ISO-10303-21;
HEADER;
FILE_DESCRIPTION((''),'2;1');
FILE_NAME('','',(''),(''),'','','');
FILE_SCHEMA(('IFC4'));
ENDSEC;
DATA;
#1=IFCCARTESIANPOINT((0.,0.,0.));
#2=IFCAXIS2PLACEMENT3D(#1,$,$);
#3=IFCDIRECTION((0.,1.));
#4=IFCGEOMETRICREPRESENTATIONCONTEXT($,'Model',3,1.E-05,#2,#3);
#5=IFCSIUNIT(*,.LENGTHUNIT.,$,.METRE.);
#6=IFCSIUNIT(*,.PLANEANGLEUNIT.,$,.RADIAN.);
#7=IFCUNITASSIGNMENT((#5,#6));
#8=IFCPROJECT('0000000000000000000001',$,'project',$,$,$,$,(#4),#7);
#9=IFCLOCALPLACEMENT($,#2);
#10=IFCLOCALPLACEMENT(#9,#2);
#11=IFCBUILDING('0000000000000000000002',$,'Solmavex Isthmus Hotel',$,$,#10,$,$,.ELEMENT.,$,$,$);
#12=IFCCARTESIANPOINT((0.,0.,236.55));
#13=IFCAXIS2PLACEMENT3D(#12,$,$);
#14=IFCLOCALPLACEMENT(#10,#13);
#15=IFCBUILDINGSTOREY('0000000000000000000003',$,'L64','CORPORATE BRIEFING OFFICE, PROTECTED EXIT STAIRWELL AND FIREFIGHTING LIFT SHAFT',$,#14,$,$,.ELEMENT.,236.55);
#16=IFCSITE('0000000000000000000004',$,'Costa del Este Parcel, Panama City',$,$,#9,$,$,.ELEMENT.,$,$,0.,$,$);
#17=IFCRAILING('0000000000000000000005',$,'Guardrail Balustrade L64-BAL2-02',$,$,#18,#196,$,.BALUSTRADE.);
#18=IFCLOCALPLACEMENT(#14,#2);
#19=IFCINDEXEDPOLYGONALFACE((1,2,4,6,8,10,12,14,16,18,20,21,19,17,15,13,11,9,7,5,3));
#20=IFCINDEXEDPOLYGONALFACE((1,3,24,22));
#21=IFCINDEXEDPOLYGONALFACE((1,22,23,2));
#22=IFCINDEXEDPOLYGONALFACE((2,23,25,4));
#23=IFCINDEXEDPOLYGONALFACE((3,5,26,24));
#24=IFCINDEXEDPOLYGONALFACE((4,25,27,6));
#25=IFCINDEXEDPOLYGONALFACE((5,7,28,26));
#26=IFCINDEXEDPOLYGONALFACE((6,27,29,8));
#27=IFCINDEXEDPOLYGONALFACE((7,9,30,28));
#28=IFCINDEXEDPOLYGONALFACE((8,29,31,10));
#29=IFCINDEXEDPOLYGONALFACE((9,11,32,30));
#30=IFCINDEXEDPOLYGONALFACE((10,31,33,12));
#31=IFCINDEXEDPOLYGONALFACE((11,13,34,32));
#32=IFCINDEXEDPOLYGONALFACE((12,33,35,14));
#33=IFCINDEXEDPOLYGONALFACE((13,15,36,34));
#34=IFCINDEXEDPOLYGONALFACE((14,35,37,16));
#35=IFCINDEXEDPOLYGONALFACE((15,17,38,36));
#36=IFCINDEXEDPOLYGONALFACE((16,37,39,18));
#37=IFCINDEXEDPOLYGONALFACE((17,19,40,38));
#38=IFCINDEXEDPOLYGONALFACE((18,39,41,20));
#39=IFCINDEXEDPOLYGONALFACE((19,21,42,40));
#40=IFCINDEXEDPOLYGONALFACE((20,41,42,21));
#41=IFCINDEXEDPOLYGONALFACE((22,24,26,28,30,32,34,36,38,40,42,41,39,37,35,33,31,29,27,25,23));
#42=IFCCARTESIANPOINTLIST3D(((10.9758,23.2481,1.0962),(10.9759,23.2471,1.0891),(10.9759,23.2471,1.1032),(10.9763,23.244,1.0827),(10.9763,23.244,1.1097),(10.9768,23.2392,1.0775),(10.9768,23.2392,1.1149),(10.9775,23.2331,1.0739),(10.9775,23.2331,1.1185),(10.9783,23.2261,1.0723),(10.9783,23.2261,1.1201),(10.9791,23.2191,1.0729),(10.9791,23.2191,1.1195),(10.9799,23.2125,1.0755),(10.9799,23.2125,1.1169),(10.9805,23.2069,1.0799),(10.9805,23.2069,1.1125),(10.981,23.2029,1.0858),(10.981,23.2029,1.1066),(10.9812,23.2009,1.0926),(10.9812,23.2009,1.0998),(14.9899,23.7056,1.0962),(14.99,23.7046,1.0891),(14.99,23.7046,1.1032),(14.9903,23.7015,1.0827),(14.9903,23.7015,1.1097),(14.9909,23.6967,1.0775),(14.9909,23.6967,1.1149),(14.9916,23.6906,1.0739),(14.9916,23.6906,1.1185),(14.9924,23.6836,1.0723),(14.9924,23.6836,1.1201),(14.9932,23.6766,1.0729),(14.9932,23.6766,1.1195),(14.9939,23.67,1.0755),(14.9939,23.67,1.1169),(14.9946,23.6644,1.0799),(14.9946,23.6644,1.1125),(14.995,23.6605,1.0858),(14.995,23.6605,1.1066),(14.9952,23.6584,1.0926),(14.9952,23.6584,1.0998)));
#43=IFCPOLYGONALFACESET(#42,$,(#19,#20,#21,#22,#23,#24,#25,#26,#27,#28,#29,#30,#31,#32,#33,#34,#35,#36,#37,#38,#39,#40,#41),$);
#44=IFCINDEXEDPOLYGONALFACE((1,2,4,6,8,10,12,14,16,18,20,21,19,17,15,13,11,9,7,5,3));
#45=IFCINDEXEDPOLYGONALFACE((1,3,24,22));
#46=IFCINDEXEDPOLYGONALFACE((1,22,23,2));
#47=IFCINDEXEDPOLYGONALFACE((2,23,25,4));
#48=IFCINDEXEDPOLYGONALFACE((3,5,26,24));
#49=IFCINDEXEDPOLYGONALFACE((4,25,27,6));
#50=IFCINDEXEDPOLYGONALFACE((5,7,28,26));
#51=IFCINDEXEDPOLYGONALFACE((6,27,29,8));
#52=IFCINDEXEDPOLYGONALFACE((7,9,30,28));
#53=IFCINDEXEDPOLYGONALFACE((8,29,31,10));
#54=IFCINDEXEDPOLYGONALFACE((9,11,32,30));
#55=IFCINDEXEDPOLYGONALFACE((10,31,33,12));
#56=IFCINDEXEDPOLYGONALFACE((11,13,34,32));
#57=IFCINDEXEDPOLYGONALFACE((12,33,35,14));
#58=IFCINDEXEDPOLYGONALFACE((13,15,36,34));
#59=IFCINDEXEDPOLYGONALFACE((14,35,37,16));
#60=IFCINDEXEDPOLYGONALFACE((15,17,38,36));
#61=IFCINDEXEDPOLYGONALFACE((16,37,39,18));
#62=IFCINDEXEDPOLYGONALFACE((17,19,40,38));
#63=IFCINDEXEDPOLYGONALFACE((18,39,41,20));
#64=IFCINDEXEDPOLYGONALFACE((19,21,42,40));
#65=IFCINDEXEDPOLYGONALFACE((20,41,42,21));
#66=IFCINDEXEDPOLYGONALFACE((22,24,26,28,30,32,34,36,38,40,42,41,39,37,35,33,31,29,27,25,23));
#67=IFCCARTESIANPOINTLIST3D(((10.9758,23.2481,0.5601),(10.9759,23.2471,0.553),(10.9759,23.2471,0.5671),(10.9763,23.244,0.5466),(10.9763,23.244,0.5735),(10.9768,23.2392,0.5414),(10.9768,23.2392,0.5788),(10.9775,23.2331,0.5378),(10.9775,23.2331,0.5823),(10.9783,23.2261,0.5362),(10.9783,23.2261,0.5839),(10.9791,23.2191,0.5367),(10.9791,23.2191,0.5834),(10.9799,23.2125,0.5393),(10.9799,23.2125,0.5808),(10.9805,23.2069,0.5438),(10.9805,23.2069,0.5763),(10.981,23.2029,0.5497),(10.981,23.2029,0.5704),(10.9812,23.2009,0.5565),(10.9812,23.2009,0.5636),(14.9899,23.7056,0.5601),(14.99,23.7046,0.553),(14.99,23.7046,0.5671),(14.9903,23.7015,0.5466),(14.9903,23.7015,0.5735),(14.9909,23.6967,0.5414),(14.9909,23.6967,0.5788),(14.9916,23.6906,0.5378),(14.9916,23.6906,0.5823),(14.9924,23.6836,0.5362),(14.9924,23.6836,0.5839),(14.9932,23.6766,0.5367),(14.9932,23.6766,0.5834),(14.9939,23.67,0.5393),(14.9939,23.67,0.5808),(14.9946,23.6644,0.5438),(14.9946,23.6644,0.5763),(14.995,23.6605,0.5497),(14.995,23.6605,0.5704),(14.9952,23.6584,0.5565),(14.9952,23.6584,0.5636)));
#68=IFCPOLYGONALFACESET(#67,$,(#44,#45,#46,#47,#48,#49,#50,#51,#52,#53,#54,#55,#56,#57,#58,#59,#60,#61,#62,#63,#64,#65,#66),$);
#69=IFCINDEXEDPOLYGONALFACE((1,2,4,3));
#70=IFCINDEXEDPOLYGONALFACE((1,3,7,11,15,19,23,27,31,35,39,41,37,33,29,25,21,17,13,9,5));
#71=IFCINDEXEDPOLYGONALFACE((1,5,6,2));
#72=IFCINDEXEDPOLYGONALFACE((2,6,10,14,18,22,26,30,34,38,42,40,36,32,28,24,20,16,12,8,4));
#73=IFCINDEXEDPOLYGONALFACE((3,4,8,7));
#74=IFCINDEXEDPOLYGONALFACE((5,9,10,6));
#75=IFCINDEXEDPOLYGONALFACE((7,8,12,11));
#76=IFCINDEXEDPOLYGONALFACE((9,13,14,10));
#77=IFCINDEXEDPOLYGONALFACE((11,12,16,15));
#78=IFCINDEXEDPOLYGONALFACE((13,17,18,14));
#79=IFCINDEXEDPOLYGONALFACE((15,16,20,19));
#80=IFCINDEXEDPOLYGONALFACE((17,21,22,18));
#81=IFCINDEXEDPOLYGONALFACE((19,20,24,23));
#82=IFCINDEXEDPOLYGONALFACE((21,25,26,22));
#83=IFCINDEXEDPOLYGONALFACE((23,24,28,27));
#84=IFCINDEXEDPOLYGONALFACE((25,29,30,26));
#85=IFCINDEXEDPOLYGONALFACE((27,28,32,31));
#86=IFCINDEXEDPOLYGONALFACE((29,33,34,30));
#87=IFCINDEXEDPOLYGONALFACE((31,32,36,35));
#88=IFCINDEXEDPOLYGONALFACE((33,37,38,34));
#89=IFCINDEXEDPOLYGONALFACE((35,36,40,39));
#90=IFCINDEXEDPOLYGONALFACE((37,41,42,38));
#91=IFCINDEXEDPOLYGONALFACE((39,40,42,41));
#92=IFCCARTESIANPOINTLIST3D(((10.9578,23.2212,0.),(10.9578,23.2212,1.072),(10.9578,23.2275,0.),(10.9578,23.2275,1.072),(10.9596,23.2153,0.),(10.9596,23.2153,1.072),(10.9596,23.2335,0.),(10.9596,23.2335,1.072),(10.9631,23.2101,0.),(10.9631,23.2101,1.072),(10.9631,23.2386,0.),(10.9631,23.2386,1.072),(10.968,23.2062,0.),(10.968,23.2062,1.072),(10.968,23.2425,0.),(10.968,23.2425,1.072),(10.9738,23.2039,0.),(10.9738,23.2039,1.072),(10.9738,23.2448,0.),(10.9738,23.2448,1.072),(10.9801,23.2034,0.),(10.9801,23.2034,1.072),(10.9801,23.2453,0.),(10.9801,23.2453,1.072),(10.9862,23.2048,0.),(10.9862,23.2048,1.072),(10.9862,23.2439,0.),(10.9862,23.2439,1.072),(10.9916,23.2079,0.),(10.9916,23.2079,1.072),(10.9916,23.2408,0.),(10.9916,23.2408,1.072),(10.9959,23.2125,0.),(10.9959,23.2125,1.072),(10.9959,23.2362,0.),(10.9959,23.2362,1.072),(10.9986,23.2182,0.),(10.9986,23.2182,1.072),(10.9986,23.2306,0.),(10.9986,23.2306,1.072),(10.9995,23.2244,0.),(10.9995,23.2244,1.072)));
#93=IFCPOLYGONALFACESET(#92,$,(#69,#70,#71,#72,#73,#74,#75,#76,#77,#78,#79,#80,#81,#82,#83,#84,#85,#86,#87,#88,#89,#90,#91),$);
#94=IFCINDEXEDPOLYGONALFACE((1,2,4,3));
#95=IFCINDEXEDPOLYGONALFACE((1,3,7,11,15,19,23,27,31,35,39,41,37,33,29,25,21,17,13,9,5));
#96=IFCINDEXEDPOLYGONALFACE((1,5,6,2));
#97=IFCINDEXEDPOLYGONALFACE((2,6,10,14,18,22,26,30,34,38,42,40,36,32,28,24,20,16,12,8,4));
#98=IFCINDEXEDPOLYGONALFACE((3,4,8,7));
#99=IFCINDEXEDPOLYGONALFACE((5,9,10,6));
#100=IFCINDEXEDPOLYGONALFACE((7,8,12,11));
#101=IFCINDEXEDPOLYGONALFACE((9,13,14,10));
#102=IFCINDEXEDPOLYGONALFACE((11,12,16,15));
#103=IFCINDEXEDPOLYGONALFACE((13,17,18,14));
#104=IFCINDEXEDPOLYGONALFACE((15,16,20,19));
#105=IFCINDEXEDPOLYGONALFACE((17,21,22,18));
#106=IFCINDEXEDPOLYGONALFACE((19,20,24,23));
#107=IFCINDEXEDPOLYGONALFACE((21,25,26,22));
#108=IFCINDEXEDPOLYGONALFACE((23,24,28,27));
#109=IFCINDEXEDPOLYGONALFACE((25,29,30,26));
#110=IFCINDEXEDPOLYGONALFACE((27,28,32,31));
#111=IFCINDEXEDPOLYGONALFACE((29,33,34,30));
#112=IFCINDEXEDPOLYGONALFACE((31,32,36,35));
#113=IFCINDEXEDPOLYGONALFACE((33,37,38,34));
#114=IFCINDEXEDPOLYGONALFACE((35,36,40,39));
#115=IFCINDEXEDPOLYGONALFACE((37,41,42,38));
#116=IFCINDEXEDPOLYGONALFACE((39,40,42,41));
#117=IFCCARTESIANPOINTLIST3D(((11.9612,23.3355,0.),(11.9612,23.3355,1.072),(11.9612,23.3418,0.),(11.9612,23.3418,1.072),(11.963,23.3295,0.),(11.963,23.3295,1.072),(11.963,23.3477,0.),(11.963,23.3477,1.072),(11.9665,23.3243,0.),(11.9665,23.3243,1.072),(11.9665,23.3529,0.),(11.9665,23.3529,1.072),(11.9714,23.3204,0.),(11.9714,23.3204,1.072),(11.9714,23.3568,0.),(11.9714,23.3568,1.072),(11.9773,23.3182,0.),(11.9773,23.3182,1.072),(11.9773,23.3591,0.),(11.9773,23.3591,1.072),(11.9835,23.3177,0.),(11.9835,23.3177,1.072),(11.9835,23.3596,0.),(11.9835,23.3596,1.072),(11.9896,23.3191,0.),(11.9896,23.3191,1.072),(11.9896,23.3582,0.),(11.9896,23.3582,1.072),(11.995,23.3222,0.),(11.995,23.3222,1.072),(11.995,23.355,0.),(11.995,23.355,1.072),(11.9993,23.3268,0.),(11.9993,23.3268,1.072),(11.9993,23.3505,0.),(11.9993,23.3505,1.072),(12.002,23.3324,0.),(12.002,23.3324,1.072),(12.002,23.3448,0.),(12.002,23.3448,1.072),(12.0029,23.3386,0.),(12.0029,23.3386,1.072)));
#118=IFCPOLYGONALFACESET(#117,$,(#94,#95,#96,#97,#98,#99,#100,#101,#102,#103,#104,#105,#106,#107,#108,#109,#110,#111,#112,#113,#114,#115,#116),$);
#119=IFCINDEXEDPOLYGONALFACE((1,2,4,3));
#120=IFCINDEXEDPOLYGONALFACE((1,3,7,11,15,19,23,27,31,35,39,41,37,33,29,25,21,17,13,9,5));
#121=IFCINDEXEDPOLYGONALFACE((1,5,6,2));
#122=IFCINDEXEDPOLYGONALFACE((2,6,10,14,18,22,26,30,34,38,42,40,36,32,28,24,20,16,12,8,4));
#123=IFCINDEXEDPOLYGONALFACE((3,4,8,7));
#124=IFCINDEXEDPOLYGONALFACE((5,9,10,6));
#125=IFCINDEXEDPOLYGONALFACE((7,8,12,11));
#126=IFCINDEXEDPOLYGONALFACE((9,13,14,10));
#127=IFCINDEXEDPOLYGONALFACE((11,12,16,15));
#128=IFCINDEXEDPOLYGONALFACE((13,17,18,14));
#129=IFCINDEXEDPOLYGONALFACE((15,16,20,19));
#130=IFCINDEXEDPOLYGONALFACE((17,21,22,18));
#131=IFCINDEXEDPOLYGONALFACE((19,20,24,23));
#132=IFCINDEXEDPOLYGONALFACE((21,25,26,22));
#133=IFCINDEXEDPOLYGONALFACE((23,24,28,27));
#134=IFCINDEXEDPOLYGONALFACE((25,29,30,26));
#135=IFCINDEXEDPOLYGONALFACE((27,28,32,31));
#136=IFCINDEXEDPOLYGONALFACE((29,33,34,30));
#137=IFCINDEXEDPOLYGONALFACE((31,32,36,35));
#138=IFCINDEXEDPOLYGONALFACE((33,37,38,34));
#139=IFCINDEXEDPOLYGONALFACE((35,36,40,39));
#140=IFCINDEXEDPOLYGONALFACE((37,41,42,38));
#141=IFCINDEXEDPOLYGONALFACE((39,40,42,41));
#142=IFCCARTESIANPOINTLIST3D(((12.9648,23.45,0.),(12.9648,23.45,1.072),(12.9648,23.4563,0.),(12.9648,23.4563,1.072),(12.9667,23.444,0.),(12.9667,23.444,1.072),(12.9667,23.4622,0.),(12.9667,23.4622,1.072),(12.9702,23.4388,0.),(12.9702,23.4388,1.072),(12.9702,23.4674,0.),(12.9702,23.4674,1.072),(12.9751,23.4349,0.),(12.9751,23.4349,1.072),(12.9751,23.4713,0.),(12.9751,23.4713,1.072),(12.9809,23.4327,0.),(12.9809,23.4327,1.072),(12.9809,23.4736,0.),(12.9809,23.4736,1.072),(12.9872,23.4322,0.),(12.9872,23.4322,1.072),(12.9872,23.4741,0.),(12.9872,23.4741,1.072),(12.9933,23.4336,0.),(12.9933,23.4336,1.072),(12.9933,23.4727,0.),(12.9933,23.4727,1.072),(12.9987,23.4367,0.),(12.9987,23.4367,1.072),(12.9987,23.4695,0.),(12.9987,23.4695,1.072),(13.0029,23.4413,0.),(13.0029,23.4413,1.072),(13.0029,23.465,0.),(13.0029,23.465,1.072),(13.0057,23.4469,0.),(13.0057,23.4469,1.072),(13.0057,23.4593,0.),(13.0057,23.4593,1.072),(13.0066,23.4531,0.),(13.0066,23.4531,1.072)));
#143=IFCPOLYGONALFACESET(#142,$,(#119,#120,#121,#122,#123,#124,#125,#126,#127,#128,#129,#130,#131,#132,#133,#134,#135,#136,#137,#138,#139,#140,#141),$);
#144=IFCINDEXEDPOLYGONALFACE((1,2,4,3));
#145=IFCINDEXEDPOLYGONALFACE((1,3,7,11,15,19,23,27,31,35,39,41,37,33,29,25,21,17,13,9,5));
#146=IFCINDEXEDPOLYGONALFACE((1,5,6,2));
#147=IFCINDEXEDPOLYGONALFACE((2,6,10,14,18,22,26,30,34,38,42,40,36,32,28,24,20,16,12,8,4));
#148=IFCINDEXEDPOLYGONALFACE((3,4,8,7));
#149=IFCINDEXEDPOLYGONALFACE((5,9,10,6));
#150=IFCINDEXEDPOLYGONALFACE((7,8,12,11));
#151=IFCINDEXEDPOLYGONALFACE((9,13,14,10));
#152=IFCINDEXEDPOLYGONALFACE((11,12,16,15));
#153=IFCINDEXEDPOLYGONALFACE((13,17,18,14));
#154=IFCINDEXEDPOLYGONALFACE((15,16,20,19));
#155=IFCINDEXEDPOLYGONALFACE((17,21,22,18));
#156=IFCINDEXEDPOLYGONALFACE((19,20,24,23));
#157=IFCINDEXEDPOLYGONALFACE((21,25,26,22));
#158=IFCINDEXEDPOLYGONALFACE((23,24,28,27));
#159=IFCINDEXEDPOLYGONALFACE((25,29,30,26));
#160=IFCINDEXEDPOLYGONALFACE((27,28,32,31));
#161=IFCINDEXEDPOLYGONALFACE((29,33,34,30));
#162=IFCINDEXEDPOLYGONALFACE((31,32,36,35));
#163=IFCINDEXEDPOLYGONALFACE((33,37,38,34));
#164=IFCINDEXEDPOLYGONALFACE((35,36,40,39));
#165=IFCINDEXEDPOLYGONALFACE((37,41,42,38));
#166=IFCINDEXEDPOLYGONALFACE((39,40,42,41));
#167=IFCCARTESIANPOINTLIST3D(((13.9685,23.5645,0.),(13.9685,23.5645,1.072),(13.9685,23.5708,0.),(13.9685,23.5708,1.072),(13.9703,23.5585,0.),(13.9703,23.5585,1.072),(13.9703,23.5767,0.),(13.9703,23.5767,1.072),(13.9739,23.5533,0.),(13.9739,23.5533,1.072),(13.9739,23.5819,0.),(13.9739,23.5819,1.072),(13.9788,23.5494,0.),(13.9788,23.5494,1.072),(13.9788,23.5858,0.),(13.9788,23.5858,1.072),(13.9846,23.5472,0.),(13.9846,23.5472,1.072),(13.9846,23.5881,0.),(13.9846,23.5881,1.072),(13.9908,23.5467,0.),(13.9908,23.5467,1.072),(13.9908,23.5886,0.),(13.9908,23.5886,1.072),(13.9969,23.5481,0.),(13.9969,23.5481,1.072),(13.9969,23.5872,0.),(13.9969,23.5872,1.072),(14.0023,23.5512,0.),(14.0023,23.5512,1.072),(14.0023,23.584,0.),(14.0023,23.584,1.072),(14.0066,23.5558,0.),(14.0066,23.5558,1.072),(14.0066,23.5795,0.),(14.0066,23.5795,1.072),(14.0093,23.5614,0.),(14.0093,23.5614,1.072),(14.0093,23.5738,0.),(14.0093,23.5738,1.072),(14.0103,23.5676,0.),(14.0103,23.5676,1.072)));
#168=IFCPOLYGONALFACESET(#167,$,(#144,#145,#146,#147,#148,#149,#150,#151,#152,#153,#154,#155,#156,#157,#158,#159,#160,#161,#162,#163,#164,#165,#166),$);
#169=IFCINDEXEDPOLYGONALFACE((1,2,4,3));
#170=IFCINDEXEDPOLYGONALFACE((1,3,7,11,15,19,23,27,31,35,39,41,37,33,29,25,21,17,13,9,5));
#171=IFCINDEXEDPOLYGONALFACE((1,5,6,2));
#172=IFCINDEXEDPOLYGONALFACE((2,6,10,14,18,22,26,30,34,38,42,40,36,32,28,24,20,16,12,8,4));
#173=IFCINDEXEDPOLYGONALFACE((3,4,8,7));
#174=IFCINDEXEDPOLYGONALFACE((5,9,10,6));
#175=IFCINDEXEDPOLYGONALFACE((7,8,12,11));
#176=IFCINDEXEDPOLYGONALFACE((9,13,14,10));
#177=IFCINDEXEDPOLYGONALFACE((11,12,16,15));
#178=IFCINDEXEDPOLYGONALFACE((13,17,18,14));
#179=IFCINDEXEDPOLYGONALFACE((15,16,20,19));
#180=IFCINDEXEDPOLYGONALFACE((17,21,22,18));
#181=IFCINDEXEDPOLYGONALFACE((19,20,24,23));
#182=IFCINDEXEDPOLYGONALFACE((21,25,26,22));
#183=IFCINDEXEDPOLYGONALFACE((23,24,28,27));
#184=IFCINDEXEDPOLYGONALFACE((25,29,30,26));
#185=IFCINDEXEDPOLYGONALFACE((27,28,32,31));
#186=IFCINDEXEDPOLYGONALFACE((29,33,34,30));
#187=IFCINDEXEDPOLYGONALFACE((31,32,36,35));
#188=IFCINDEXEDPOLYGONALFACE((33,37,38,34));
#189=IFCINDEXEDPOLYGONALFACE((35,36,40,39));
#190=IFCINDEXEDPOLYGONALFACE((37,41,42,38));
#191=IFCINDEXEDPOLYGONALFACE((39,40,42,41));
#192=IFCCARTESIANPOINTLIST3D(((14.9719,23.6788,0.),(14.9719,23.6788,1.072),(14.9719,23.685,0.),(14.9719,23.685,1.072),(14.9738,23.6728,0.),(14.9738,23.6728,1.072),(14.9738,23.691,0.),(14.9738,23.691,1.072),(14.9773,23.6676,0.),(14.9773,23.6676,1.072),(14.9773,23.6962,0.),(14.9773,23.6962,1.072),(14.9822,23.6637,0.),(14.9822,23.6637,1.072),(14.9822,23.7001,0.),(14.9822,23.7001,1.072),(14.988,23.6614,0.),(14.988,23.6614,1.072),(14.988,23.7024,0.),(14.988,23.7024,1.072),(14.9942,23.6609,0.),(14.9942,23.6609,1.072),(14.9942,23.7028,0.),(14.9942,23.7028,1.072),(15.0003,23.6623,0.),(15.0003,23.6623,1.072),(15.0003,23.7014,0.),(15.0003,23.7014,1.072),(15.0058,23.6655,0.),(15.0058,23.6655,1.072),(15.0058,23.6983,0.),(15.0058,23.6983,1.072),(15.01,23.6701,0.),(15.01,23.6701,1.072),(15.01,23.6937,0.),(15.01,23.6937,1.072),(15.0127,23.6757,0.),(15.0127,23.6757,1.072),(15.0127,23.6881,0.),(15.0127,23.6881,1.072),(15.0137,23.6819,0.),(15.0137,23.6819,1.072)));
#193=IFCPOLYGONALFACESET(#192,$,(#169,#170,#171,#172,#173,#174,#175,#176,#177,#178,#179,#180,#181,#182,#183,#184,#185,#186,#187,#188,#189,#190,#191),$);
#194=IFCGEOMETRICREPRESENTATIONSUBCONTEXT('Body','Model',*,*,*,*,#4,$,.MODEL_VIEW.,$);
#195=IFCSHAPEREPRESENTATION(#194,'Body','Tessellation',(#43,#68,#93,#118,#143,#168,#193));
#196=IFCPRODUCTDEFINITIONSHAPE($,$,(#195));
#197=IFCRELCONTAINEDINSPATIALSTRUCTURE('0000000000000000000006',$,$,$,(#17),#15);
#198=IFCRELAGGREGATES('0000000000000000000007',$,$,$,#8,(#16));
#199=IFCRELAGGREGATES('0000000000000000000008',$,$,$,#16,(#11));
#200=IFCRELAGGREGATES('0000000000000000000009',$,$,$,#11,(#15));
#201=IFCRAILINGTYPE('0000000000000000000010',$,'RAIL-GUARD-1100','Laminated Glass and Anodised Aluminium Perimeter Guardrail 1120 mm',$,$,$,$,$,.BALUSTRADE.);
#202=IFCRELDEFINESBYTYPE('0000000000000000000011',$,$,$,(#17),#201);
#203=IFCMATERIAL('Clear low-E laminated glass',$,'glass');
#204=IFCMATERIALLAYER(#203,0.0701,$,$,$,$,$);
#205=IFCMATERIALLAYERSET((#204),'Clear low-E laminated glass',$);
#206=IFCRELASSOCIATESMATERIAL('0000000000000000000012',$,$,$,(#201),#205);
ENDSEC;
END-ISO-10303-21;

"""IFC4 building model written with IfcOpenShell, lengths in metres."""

from ifc_helpers import new_model, si_unit, direction, frame, origin, origin_2d, place, context, subcontext, project, spatial, circle, extrude, material, layer, layer_set, type_object, element, save


model = new_model("IFC4")

# Units and contexts
model_context = context("Model", 3, precision=1e-05, world=origin(), true_north=direction((0.0, 1.0)))
body_context = subcontext(model_context, "Body", "Model", "MODEL_VIEW")
ifc_project = project(units=[si_unit("LENGTHUNIT", "METRE"), si_unit("PLANEANGLEUNIT", "RADIAN")], contexts=[model_context])

# Site, building, storey
site_placement = place(None, origin())
site = spatial("IfcSite", under=ifc_project, at=site_placement, Name="Costa del Este Parcel, Panama City", CompositionType="ELEMENT", RefElevation=0.0)
building_placement = place(site_placement, origin())
building = spatial("IfcBuilding", under=site, at=building_placement, Name="Solmavex Isthmus Hotel", CompositionType="ELEMENT")
storey_placement = place(building_placement, frame((0.0, 0.0, 236.55)))
storey = spatial("IfcBuildingStorey", under=building, at=storey_placement, Name="L64", Description="CORPORATE BRIEFING OFFICE, PROTECTED EXIT STAIRWELL AND FIREFIGHTING LIFT SHAFT", CompositionType="ELEMENT", Elevation=236.55)

# Shared definitions
ifc_material_1 = material(Name="Clear low-E laminated glass", Category="glass")

# Railing
ifc_layer_1 = layer(ifc_material_1, 0.0701)
ifc_layer_set_1 = layer_set([ifc_layer_1], Name="Clear low-E laminated glass")
railing_type = type_object("IfcRailingType", Name="RAIL-GUARD-1100", Description="Laminated Glass and Anodised Aluminium Perimeter Guardrail 1120 mm", PredefinedType="BALUSTRADE", material=ifc_layer_set_1)
railing_1_placement = place(storey_placement, frame((10.9785, 23.2244, 0.0)))
element("IfcRailing", 1, at=railing_1_placement, inside=storey, type_object=railing_type, Name="Guardrail Balustrade L64-BAL2-02", PredefinedType="BALUSTRADE", context=body_context, shape_type="SweptSolid", body=[
    extrude(circle(Radius=0.0239, at=origin_2d()), frame((0.0, 0.0, 1.0962), z_axis=(0.993567, 0.113243, 0.0), x_axis=(-0.113243, 0.993567, 0.0)), (0.0, 0.0, 1.0), 4.04),
    extrude(circle(Radius=0.0239, at=origin_2d()), frame((0.0, 0.0, 0.5601), z_axis=(0.993567, 0.113243, 0.0), x_axis=(-0.113243, 0.993567, 0.0)), (0.0, 0.0, 1.0), 4.04),
    extrude(circle(Radius=0.021, at=origin_2d()), origin(), (0.0, 0.0, 1.0), 1.072),
    extrude(circle(Radius=0.021, at=origin_2d()), frame((1.0034, 0.1143, 0.0)), (0.0, 0.0, 1.0), 1.072),
    extrude(circle(Radius=0.021, at=origin_2d()), frame((2.0071, 0.2288, 0.0)), (0.0, 0.0, 1.0), 1.072),
    extrude(circle(Radius=0.021, at=origin_2d()), frame((3.0107, 0.3433, 0.0)), (0.0, 0.0, 1.0), 1.072),
    extrude(circle(Radius=0.021, at=origin_2d()), frame((4.0142, 0.4575, 0.0)), (0.0, 0.0, 1.0), 1.072),
])

save(model, "model.ifc")
